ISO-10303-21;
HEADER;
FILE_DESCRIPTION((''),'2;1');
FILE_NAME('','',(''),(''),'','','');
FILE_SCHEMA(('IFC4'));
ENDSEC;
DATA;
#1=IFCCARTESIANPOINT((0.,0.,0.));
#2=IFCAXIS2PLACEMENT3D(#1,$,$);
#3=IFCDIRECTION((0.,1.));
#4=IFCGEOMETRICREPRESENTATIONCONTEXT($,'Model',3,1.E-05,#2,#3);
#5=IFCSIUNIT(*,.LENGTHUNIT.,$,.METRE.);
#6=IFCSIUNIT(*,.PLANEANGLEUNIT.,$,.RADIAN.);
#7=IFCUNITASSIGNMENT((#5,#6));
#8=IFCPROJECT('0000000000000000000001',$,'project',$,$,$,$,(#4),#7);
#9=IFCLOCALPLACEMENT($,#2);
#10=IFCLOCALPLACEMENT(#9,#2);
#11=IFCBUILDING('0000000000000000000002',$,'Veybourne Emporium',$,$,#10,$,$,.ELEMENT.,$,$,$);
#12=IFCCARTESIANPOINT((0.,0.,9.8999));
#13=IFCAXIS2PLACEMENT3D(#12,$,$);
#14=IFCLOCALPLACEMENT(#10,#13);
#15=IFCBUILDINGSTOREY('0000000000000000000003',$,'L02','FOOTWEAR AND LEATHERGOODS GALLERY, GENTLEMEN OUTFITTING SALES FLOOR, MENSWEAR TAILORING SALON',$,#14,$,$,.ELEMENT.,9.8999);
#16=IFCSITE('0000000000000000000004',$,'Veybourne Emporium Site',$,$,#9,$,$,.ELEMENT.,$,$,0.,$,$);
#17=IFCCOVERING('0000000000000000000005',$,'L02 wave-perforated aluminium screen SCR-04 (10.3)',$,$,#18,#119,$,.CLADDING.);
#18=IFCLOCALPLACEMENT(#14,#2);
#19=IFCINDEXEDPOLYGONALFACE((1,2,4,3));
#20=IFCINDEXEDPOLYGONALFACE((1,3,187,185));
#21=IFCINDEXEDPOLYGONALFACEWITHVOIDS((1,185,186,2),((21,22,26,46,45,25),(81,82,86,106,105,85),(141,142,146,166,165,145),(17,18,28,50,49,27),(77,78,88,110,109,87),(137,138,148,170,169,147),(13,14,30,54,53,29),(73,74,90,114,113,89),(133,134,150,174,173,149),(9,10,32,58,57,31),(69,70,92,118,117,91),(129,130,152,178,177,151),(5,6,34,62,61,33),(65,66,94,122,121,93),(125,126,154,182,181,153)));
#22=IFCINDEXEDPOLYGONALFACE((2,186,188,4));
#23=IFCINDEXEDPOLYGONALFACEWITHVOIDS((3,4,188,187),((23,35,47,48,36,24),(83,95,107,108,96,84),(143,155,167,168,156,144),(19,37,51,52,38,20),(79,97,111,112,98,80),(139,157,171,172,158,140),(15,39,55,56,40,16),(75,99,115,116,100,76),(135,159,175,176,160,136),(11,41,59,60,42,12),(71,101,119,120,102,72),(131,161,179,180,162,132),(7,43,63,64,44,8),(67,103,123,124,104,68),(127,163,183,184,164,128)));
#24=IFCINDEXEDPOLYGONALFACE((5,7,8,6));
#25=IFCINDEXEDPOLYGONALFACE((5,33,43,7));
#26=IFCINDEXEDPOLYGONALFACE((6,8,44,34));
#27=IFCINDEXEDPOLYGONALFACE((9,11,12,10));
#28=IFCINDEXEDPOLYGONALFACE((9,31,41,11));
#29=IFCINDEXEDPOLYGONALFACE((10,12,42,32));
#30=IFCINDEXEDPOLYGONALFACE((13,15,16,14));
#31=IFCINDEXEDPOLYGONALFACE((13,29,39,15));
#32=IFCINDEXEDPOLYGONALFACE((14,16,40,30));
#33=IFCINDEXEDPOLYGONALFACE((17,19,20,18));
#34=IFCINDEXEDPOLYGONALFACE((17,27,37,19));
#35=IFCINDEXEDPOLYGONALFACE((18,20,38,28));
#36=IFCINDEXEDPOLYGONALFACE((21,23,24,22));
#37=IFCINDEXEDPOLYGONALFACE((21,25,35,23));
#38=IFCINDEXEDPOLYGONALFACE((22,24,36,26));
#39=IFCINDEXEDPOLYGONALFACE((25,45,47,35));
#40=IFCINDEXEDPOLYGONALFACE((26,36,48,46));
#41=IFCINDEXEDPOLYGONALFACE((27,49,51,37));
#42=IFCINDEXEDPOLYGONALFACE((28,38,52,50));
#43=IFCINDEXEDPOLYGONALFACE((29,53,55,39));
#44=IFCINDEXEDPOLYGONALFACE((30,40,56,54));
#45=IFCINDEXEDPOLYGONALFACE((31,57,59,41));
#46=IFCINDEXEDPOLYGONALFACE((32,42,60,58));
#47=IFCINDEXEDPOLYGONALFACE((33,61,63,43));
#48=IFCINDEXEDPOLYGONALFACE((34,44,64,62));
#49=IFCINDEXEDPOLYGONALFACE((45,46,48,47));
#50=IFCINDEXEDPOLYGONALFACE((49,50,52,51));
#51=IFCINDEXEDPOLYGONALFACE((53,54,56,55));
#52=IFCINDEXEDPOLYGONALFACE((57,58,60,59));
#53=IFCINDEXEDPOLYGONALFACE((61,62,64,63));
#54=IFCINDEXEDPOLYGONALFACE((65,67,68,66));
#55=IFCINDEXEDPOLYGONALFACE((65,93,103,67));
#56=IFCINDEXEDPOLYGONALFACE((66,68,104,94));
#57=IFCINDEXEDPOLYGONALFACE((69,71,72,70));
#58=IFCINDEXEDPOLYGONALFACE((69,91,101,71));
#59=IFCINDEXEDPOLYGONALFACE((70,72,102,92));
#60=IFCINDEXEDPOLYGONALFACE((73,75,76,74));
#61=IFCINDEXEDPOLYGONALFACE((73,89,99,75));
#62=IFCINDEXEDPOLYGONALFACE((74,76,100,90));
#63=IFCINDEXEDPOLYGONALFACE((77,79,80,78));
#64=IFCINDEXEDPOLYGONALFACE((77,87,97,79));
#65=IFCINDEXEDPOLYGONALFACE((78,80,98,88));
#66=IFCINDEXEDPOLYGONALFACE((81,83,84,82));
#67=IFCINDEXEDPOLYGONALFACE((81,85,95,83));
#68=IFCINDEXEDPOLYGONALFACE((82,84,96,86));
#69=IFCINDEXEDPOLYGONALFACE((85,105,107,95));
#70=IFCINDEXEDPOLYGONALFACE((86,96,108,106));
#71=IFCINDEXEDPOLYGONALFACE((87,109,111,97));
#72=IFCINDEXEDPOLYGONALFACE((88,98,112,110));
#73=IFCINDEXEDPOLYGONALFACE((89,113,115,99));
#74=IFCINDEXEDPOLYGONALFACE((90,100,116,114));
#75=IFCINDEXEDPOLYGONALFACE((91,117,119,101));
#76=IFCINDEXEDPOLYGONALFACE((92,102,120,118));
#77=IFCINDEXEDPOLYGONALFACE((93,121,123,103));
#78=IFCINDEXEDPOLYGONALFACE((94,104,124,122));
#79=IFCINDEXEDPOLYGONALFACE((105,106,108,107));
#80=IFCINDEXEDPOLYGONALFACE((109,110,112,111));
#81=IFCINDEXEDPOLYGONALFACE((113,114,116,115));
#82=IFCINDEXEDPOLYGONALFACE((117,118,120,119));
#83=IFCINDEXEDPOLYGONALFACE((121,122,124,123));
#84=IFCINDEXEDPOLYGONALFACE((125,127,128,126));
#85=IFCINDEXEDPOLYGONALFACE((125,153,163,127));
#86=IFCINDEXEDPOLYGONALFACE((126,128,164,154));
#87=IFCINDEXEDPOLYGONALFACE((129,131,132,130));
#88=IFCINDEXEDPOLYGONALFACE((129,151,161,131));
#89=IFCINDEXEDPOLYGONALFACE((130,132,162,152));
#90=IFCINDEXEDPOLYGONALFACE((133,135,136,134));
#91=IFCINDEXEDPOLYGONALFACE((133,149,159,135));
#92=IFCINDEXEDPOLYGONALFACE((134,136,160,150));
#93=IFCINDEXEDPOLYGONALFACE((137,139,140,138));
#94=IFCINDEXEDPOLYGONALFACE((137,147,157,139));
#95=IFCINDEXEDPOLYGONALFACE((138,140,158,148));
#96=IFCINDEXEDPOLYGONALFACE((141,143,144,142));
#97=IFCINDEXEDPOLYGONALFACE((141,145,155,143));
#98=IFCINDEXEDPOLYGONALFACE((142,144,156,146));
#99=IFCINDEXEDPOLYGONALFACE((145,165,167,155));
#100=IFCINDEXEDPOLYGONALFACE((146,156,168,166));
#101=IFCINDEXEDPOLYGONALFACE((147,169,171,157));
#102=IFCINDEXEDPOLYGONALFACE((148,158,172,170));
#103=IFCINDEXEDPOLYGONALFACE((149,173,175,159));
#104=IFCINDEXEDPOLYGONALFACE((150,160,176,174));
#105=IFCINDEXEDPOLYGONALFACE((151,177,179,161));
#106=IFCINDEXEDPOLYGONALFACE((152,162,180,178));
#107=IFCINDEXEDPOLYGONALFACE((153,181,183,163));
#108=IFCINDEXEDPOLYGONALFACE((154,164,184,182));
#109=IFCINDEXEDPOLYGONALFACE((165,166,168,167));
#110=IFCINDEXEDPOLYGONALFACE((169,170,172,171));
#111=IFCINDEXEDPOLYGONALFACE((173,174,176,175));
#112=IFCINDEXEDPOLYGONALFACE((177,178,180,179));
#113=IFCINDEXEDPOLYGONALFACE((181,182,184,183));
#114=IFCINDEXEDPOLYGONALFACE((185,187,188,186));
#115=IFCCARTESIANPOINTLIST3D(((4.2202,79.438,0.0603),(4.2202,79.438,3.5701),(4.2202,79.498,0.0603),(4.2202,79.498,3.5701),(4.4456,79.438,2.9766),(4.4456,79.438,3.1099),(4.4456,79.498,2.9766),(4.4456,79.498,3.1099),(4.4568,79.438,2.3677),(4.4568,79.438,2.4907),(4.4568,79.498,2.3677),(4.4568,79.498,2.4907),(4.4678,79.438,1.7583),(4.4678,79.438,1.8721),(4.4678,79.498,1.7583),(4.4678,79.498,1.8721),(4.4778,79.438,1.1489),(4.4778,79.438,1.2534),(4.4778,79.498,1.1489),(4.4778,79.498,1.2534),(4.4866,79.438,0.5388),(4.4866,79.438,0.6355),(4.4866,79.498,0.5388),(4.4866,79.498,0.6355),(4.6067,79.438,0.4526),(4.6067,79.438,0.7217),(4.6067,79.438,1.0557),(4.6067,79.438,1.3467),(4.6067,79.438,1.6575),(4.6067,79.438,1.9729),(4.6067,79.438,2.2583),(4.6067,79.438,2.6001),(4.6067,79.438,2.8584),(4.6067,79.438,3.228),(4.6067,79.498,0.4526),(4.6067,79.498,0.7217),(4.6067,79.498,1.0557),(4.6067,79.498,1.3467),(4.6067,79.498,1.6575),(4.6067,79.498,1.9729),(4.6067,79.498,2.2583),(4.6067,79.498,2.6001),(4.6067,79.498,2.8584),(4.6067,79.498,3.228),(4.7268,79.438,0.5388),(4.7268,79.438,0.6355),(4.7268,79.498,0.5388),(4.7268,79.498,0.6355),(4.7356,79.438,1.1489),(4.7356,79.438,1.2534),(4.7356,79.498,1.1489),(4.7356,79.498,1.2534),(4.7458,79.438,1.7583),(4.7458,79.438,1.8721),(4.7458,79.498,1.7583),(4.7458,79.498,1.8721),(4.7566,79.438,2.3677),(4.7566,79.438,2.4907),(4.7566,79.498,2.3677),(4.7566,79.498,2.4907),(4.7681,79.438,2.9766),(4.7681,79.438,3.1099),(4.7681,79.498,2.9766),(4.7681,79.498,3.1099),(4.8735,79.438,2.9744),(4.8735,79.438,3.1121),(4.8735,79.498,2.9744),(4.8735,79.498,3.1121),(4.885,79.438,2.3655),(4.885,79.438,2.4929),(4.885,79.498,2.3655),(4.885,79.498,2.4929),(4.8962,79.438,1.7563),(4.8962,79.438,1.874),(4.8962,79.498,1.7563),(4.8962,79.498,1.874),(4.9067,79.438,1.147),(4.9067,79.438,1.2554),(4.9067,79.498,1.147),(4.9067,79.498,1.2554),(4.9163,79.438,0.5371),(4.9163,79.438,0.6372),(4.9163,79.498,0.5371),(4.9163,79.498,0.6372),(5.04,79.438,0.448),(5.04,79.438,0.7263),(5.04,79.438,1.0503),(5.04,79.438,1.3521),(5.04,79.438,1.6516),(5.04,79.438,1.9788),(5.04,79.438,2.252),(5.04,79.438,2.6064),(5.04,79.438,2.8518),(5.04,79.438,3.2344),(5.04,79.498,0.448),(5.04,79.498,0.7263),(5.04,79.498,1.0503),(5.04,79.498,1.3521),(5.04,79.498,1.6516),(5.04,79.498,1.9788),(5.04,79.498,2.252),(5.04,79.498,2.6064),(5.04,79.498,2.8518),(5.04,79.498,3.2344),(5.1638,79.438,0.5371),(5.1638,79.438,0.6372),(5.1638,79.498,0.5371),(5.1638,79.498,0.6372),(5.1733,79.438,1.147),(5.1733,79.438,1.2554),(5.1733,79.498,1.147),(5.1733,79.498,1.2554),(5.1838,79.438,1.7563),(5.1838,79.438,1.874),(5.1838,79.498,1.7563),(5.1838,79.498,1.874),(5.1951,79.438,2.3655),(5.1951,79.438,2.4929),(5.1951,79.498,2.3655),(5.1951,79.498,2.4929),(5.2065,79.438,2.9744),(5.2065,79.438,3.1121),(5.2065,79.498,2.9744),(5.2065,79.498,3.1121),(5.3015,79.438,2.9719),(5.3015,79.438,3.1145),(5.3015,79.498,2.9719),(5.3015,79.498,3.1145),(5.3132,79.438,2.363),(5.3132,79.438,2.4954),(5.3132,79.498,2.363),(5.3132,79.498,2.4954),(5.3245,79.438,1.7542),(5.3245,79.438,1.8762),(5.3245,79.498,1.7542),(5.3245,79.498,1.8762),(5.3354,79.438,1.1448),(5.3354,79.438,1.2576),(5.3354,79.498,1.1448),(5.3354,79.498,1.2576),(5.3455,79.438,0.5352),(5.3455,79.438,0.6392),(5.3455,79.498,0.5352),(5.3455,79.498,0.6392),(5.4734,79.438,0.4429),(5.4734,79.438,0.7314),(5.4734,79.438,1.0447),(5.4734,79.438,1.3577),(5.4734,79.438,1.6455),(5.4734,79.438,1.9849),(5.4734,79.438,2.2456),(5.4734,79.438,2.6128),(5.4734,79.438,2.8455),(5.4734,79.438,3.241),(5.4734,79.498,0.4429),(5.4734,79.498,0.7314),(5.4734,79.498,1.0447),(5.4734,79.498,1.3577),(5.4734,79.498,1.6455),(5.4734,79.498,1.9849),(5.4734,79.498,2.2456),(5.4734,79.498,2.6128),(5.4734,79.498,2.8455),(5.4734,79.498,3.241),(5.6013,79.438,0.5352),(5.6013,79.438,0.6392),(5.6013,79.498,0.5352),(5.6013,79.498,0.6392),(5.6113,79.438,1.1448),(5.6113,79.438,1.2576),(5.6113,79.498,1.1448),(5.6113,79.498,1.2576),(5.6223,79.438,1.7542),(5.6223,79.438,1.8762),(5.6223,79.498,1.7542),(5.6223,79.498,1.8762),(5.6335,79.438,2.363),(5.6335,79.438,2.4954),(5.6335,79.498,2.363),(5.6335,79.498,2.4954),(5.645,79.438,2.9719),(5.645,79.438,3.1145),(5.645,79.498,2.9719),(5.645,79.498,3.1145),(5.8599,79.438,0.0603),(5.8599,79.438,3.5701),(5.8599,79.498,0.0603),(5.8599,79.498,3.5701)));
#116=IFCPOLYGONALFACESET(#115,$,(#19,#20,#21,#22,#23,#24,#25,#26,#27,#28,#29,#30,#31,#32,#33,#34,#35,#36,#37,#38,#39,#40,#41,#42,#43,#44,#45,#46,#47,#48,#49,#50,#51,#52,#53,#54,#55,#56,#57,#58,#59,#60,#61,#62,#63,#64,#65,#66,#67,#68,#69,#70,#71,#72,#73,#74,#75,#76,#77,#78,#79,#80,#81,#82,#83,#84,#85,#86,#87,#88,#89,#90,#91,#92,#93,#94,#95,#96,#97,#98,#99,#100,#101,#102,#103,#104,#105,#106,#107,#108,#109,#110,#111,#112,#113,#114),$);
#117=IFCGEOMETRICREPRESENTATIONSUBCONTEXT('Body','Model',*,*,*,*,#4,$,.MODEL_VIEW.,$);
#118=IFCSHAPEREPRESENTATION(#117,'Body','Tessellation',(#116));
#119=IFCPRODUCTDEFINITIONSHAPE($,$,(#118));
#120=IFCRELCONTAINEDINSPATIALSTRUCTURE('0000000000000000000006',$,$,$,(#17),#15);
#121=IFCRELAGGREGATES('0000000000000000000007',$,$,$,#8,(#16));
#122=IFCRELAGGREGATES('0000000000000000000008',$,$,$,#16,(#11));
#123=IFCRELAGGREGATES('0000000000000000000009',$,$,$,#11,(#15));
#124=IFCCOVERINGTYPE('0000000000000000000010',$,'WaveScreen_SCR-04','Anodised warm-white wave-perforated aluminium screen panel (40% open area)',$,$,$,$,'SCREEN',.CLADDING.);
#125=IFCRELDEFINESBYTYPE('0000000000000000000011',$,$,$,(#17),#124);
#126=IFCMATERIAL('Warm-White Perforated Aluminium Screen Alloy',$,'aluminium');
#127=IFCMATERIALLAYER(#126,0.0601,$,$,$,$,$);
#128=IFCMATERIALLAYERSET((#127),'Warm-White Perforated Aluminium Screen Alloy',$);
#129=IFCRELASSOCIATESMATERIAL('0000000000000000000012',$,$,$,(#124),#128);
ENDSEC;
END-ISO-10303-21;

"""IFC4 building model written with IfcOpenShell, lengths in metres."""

from ifc_helpers import new_model, si_unit, direction, frame, origin, place, context, subcontext, project, spatial, polyline, outline, extrude, material, layer, layer_set, type_object, element, save


model = new_model("IFC4")

# Units and contexts
model_context = context("Model", 3, precision=1e-05, world=origin(), true_north=direction((0.0, 1.0)))
body_context = subcontext(model_context, "Body", "Model", "MODEL_VIEW")
ifc_project = project(units=[si_unit("LENGTHUNIT", "METRE"), si_unit("PLANEANGLEUNIT", "RADIAN")], contexts=[model_context])

# Site, building, storey
site_placement = place(None, origin())
site = spatial("IfcSite", under=ifc_project, at=site_placement, Name="Veybourne Emporium Site", CompositionType="ELEMENT", RefElevation=0.0)
building_placement = place(site_placement, origin())
building = spatial("IfcBuilding", under=site, at=building_placement, Name="Veybourne Emporium", CompositionType="ELEMENT")
storey_placement = place(building_placement, frame((0.0, 0.0, 9.8999)))
storey = spatial("IfcBuildingStorey", under=building, at=storey_placement, Name="L02", Description="FOOTWEAR AND LEATHERGOODS GALLERY, GENTLEMEN OUTFITTING SALES FLOOR, MENSWEAR TAILORING SALON", CompositionType="ELEMENT", Elevation=9.8999)

# Covering
ifc_material_1 = material(Name="Warm-White Perforated Aluminium Screen Alloy", Category="aluminium")
ifc_layer_1 = layer(ifc_material_1, 0.0601)
ifc_layer_set_1 = layer_set([ifc_layer_1], Name="Warm-White Perforated Aluminium Screen Alloy")
covering_type_1 = type_object("IfcCoveringType", Name="WaveScreen_SCR-04", Description="Anodised warm-white wave-perforated aluminium screen panel (40% open area)", ElementType="SCREEN", PredefinedType="CLADDING", material=ifc_layer_set_1)
covering_1_placement = place(storey_placement, frame((5.04, 79.498, 1.8152), z_axis=(0.0, -1.0, 0.0), x_axis=(1.0, 0.0, 0.0)))
element("IfcCovering", 1, at=covering_1_placement, inside=storey, type_object=covering_type_1, Name="L02 wave-perforated aluminium screen SCR-04 (10.3)", PredefinedType="CLADDING", context=body_context, shape_type="SweptSolid", body=[
    extrude(outline(polyline([(-0.8198, -1.7549), (0.8198, -1.7549), (0.8198, 1.7549), (-0.8198, 1.7549), (-0.8198, -1.7549)]), holes=[polyline([(-0.4333, -1.0935), (-0.3132, -1.1797), (-0.3132, -1.2764), (-0.4333, -1.3625), (-0.5535, -1.2764), (-0.5535, -1.1797), (-0.4333, -1.0935)]), polyline([(-0.4333, -0.4685), (-0.3044, -0.5618), (-0.3044, -0.6663), (-0.4333, -0.7595), (-0.5623, -0.6663), (-0.5623, -0.5618), (-0.4333, -0.4685)]), polyline([(-0.4333, 0.1577), (-0.2942, 0.0569), (-0.2942, -0.0569), (-0.4333, -0.1577), (-0.5723, -0.0569), (-0.5723, 0.0569), (-0.4333, 0.1577)]), polyline([(-0.4333, 0.7849), (-0.2834, 0.6755), (-0.2834, 0.5525), (-0.4333, 0.4431), (-0.5833, 0.5525), (-0.5833, 0.6755), (-0.4333, 0.7849)]), polyline([(-0.4333, 1.4128), (-0.272, 1.2947), (-0.272, 1.1614), (-0.4333, 1.0432), (-0.5945, 1.1614), (-0.5945, 1.2947), (-0.4333, 1.4128)]), polyline([(0.0, -1.0889), (0.1238, -1.178), (0.1238, -1.2781), (0.0, -1.3672), (-0.1238, -1.2781), (-0.1238, -1.178), (0.0, -1.0889)]), polyline([(0.0, -0.4631), (0.1333, -0.5598), (0.1333, -0.6682), (0.0, -0.7649), (-0.1333, -0.6682), (-0.1333, -0.5598), (0.0, -0.4631)]), polyline([(0.0, 0.1636), (0.1438, 0.0588), (0.1438, -0.0588), (0.0, -0.1636), (-0.1438, -0.0588), (-0.1438, 0.0588), (0.0, 0.1636)]), polyline([(0.0, 0.7913), (0.155, 0.6777), (0.155, 0.5503), (0.0, 0.4368), (-0.155, 0.5503), (-0.155, 0.6777), (0.0, 0.7913)]), polyline([(0.0, 1.4192), (0.1665, 1.2969), (0.1665, 1.1592), (0.0, 1.0366), (-0.1665, 1.1592), (-0.1665, 1.2969), (0.0, 1.4192)]), polyline([(0.4333, -1.0837), (0.5613, -1.176), (0.5613, -1.28), (0.4333, -1.3723), (0.3054, -1.28), (0.3054, -1.176), (0.4333, -1.0837)]), polyline([(0.4333, -0.4575), (0.5713, -0.5576), (0.5713, -0.6704), (0.4333, -0.7705), (0.2954, -0.6704), (0.2954, -0.5576), (0.4333, -0.4575)]), polyline([(0.4333, 0.1697), (0.5823, 0.061), (0.5823, -0.061), (0.4333, -0.1697), (0.2844, -0.061), (0.2844, 0.061), (0.4333, 0.1697)]), polyline([(0.4333, 0.7976), (0.5935, 0.6802), (0.5935, 0.5479), (0.4333, 0.4304), (0.2732, 0.5479), (0.2732, 0.6802), (0.4333, 0.7976)]), polyline([(0.4333, 1.4258), (0.605, 1.2993), (0.605, 1.1567), (0.4333, 1.0303), (0.2615, 1.1567), (0.2615, 1.2993), (0.4333, 1.4258)])]), origin(), (0.0, 0.0, 1.0), 0.0601),
])

save(model, "model.ifc")
